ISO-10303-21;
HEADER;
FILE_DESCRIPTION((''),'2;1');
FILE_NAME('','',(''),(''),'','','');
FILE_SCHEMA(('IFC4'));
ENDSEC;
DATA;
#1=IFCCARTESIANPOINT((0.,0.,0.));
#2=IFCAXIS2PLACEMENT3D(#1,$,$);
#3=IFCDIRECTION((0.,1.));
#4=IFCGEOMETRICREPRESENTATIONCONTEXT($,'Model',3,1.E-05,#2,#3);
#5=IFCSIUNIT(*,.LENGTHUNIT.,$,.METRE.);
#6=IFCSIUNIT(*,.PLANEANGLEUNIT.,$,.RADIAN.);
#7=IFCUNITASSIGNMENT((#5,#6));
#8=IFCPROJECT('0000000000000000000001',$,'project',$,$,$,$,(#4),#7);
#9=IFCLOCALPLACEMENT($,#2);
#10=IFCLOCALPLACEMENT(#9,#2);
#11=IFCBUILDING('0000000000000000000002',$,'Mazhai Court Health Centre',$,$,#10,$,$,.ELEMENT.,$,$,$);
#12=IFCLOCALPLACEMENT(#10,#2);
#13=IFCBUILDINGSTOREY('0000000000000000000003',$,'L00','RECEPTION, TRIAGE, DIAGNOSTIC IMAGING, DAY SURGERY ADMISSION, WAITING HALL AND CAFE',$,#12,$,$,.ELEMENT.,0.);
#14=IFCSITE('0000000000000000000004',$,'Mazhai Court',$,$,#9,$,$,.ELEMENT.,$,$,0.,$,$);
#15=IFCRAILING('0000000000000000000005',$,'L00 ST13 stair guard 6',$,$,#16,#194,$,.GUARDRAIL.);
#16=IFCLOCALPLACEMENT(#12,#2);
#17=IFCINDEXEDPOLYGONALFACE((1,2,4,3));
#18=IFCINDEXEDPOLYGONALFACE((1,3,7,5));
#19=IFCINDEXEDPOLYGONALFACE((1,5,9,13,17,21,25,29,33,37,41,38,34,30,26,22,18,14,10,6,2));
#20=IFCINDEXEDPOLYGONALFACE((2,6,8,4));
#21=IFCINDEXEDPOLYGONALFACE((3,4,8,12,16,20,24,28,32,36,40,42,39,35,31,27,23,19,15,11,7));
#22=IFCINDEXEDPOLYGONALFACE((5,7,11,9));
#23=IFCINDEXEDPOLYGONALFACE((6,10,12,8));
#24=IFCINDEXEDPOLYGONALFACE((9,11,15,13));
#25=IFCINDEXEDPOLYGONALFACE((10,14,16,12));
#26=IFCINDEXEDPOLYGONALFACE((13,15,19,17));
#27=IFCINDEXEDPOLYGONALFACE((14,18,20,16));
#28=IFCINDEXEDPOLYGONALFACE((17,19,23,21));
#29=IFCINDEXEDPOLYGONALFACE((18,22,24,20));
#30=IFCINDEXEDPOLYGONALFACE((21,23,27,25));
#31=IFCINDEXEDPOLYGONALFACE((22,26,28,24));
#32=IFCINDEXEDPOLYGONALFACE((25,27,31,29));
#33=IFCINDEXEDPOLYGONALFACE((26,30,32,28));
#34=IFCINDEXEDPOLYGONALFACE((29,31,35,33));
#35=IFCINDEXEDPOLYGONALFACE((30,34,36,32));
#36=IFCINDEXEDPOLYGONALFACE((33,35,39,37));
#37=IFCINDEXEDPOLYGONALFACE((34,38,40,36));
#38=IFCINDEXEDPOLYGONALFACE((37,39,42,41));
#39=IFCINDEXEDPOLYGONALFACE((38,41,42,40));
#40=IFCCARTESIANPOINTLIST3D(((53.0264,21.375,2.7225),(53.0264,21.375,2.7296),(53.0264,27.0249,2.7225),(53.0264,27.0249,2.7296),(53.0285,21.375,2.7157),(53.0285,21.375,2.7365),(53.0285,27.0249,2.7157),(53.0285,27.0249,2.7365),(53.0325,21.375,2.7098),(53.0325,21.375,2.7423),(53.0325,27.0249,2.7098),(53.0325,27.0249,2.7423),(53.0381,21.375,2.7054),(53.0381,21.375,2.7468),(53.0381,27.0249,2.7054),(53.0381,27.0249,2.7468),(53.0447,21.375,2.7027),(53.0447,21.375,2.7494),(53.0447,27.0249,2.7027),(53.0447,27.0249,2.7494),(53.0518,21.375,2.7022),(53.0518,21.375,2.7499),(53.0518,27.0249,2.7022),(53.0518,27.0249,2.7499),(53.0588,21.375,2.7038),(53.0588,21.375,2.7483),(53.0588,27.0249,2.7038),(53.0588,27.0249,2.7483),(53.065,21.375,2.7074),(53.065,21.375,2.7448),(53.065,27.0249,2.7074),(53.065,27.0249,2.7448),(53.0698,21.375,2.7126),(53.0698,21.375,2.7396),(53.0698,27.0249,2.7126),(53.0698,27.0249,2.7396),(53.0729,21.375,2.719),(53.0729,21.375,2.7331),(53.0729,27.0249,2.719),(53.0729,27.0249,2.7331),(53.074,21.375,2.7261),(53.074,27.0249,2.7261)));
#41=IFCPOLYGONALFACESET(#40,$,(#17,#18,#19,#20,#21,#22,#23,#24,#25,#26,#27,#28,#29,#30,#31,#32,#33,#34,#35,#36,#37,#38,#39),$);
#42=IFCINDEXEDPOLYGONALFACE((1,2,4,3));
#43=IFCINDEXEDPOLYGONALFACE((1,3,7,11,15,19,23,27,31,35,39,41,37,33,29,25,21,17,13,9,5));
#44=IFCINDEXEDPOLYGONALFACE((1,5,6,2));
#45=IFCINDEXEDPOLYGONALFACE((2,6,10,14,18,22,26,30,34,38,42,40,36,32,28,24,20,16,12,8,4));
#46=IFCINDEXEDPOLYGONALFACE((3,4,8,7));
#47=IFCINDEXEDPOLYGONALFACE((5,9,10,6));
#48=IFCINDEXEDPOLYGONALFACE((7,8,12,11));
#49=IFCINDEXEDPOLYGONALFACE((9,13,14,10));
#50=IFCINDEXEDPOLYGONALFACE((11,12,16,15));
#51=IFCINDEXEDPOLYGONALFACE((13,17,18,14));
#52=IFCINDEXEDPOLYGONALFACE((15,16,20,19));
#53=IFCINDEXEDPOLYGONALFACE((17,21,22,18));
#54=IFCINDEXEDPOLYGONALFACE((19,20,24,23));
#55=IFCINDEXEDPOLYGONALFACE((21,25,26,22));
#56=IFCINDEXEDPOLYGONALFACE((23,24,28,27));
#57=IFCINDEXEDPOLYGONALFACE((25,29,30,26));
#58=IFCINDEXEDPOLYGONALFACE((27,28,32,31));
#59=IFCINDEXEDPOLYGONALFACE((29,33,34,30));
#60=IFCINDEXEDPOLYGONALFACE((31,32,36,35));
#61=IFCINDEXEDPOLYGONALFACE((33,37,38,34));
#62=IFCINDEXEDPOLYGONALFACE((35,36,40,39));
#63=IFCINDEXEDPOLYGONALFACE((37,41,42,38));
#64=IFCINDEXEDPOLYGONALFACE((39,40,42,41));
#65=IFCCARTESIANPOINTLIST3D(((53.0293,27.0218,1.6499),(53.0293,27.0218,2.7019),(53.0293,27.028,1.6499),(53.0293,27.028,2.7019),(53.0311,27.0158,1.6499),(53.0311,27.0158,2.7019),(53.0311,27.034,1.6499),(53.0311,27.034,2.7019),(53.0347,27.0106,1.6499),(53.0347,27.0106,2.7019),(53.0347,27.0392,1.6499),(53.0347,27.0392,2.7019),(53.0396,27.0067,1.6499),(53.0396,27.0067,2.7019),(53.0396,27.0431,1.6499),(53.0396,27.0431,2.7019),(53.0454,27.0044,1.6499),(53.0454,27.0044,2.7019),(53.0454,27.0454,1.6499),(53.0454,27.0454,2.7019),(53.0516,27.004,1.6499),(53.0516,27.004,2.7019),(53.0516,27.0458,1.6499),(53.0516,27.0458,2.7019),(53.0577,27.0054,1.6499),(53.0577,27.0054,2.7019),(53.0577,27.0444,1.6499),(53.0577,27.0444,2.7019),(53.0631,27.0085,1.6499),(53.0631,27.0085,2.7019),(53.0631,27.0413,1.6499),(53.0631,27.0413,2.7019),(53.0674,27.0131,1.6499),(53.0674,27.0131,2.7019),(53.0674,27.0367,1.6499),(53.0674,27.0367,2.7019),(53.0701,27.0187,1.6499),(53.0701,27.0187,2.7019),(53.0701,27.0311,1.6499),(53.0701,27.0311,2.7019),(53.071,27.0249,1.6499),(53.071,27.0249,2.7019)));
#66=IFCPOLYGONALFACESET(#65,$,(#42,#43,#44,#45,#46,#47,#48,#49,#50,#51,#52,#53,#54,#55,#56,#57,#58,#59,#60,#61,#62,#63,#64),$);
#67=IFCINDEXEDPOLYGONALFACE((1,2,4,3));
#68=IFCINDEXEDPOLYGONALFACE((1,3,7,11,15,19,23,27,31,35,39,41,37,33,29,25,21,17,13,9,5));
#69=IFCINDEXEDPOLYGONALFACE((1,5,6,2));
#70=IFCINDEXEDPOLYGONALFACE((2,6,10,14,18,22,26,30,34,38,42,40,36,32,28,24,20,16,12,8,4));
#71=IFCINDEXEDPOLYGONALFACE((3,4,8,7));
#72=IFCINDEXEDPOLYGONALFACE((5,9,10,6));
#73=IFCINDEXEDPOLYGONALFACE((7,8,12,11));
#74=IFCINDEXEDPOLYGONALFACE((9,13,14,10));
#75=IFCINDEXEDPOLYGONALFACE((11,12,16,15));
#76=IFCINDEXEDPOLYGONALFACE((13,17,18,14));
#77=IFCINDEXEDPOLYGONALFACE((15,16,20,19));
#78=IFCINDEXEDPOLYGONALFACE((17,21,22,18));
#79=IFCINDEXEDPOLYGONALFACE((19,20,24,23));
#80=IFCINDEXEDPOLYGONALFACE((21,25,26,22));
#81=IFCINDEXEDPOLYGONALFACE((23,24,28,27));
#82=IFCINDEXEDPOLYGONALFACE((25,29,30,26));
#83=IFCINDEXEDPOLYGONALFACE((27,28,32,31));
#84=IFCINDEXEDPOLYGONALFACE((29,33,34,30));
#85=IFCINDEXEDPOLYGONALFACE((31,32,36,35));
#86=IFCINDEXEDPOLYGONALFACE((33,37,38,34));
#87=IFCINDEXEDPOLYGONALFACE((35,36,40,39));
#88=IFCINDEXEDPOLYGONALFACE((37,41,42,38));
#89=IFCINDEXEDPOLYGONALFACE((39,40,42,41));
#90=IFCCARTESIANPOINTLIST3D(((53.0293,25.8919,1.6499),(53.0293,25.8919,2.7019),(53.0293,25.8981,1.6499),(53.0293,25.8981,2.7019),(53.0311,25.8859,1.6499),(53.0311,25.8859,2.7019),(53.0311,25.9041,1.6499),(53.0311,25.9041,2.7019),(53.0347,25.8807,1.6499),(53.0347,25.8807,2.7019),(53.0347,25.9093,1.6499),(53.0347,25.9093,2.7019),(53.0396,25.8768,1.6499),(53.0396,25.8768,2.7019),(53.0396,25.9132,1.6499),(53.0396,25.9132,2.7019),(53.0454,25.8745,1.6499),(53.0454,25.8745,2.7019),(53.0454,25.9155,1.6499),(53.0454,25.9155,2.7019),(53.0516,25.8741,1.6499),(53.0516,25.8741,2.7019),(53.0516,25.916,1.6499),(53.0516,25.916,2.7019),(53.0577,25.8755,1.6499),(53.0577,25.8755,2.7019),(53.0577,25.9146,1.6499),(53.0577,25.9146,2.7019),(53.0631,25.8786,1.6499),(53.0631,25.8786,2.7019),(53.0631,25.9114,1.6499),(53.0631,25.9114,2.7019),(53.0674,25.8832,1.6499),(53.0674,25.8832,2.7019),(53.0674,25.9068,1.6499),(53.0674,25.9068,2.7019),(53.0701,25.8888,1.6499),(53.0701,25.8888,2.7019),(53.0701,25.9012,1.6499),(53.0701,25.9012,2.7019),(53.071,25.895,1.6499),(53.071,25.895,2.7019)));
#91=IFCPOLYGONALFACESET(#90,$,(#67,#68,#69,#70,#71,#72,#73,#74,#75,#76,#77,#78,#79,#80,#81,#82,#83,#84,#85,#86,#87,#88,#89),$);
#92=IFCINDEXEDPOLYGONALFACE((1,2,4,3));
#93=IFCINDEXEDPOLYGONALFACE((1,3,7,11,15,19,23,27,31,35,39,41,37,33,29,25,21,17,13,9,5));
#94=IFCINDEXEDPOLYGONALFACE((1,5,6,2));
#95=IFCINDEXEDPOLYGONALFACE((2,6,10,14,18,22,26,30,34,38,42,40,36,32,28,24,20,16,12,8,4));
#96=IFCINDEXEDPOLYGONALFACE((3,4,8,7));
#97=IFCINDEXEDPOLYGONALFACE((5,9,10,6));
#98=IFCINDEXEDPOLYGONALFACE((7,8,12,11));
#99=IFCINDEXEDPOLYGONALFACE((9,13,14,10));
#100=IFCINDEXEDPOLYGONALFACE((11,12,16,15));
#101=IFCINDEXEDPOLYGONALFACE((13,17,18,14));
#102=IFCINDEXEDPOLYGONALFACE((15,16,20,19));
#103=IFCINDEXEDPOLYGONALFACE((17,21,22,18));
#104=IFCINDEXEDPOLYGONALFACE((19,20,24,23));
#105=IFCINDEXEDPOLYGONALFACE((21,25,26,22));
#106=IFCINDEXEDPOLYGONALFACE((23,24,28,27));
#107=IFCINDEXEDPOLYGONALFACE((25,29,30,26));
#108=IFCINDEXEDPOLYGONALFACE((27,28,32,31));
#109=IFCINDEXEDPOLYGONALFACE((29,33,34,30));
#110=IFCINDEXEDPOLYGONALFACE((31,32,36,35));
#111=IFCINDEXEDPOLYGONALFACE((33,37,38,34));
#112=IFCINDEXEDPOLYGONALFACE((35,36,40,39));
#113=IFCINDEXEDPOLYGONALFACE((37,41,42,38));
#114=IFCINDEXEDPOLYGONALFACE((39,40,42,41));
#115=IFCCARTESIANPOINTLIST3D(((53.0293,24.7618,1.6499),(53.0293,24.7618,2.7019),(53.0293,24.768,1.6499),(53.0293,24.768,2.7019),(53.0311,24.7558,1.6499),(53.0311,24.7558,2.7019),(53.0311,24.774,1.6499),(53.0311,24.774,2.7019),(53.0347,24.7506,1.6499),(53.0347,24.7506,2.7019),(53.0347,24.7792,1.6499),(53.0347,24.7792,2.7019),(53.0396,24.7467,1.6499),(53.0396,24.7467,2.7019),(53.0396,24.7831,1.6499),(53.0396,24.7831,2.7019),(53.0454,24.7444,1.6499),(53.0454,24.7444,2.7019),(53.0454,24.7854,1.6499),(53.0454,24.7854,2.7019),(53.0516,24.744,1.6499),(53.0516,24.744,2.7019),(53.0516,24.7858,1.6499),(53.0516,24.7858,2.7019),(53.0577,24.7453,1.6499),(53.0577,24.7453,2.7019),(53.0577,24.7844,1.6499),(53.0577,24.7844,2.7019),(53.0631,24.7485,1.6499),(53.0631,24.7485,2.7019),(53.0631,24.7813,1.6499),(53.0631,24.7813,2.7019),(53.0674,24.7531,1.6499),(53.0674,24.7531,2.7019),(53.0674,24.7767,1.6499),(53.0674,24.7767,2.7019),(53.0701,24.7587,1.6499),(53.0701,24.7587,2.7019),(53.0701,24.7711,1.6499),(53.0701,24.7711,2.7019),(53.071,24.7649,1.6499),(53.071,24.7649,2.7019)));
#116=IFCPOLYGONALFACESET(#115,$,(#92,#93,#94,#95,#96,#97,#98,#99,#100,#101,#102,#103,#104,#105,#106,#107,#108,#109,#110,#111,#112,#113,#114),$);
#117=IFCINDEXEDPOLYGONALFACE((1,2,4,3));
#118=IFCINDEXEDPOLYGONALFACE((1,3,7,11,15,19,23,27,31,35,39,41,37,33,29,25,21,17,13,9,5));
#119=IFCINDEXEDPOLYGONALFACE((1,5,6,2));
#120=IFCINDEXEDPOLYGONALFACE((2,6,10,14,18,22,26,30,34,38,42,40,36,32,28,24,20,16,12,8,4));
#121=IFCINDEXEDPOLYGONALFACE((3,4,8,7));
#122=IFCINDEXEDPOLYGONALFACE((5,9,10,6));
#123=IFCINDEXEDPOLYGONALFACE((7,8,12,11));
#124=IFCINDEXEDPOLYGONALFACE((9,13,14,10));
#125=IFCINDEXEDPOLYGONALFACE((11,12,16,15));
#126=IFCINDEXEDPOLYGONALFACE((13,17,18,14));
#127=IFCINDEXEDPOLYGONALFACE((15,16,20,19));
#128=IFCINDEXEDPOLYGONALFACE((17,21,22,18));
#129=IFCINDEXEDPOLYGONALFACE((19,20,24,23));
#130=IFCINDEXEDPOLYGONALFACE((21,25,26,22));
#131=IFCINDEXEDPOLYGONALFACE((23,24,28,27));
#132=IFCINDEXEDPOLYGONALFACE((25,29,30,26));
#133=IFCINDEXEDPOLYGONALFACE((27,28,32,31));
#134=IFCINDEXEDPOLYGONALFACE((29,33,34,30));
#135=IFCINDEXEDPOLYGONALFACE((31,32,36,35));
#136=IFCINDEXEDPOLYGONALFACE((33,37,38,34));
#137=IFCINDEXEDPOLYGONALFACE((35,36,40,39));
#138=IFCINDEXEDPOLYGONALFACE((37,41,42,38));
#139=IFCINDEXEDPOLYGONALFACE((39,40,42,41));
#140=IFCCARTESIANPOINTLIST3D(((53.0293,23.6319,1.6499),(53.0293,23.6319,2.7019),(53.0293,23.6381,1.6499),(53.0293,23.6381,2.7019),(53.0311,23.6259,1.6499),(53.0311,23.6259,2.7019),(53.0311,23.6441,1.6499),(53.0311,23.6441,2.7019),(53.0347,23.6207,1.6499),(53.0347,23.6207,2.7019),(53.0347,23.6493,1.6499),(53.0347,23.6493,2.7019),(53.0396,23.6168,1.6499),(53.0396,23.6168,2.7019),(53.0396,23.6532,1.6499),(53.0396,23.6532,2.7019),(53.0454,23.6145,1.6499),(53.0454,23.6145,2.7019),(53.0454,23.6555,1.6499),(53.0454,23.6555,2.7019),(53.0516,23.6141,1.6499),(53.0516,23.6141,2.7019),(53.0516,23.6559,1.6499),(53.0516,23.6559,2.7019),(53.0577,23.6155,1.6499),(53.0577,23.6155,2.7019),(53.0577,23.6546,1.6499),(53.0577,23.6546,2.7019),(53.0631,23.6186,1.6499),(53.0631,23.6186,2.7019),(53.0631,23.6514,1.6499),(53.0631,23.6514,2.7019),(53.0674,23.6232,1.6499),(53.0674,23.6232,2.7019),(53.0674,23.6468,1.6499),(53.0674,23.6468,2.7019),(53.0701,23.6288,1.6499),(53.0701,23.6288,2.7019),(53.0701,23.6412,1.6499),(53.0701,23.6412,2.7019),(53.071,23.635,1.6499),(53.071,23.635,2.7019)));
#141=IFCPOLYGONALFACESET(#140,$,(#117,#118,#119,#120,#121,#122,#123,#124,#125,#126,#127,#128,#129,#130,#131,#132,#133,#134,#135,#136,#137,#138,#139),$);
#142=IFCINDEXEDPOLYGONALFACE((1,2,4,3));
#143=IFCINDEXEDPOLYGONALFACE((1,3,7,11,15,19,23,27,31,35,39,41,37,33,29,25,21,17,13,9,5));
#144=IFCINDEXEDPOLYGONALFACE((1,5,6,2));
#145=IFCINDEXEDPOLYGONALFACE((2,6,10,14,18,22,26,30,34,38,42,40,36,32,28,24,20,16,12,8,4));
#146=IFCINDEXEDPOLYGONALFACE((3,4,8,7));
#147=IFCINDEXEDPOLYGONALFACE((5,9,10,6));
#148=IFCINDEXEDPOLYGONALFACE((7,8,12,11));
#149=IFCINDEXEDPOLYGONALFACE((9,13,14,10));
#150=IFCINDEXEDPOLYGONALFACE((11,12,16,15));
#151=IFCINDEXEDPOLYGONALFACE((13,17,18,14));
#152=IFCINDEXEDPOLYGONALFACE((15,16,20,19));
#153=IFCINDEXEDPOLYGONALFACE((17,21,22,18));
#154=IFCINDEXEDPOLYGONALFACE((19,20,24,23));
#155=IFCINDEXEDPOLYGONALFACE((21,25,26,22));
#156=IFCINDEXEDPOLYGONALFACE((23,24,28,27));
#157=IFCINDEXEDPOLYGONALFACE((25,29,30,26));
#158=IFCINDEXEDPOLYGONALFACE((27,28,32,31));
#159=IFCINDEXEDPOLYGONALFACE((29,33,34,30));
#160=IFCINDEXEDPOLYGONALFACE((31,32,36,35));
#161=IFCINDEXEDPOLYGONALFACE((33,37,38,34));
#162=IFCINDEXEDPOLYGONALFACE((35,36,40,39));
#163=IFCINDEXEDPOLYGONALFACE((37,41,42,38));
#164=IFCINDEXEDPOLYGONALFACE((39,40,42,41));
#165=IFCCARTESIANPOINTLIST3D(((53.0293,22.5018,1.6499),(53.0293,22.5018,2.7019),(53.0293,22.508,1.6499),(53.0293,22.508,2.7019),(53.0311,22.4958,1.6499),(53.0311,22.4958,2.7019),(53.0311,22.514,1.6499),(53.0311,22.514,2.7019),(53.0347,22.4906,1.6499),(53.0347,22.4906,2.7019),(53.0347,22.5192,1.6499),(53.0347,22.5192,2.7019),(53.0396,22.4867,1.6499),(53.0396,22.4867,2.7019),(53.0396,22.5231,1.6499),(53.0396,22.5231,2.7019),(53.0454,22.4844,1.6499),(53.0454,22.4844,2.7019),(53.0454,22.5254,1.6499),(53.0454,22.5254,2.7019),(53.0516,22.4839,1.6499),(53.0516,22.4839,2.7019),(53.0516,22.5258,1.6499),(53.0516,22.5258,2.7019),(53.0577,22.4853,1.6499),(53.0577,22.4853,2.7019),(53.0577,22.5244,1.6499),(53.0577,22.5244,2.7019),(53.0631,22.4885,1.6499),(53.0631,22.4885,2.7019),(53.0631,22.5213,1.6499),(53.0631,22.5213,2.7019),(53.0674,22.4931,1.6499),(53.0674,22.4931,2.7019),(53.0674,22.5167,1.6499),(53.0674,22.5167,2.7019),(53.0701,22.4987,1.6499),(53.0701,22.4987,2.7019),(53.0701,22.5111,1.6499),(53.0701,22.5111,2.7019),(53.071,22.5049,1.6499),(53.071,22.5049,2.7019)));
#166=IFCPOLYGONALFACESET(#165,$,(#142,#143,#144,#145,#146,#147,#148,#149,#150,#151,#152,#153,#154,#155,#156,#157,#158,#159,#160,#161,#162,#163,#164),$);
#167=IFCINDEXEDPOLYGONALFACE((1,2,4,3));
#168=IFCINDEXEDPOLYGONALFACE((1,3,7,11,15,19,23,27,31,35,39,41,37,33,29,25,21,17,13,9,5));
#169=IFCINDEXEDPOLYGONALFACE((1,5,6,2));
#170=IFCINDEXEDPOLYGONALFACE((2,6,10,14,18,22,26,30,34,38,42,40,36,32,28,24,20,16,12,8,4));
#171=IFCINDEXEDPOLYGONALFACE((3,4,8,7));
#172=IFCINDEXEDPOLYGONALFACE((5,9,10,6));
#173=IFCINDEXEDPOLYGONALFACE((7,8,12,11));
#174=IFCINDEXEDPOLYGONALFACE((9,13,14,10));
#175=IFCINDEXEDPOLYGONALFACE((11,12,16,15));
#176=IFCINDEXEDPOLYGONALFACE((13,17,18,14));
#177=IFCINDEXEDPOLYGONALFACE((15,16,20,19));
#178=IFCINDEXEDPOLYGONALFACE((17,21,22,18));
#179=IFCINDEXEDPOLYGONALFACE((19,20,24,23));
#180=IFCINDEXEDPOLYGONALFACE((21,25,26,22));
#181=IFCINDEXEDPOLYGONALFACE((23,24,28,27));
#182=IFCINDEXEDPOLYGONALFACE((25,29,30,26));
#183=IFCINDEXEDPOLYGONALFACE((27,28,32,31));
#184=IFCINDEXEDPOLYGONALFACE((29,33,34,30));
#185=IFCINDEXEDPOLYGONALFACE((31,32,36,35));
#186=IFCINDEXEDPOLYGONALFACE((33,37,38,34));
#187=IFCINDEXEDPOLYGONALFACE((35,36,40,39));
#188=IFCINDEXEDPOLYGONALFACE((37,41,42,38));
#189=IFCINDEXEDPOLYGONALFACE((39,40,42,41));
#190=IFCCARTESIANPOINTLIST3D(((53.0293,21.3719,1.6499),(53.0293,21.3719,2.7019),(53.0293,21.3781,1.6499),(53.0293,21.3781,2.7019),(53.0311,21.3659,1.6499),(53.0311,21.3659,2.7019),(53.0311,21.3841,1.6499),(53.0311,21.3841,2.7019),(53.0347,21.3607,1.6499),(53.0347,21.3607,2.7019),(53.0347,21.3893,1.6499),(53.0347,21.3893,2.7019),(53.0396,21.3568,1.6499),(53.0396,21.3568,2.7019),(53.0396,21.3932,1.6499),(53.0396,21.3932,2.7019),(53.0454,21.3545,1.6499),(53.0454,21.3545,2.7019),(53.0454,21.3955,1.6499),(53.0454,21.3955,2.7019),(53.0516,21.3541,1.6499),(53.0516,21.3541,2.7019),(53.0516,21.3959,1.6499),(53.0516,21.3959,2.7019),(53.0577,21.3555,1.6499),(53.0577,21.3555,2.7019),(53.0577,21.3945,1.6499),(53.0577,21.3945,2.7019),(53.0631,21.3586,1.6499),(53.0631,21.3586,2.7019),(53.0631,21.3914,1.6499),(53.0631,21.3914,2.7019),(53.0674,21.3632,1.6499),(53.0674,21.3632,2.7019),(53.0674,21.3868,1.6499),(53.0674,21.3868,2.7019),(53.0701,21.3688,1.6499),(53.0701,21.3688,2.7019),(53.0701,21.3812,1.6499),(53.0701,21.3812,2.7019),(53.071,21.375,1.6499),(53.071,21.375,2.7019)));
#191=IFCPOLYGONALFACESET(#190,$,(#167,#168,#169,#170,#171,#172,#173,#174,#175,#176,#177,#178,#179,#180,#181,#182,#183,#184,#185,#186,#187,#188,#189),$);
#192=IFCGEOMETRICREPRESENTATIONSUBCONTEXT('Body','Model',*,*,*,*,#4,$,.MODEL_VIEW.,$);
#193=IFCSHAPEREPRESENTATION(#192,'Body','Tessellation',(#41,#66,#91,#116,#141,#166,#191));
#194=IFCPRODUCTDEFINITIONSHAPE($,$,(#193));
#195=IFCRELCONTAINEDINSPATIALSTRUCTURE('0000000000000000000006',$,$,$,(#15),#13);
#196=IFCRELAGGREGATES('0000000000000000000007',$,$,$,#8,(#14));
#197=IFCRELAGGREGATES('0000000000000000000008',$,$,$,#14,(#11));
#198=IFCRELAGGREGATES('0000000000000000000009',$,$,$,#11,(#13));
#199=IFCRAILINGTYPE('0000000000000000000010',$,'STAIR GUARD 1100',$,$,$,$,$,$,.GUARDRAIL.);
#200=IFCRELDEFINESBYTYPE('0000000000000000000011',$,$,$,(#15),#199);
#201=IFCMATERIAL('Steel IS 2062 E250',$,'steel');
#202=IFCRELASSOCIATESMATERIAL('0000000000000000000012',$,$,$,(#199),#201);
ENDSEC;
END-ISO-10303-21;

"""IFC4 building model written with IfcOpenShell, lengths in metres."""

from ifc_helpers import new_model, si_unit, direction, frame, origin, origin_2d, place, context, subcontext, project, spatial, circle, extrude, material, type_object, element, save


model = new_model("IFC4")

# Units and contexts
model_context = context("Model", 3, precision=1e-05, world=origin(), true_north=direction((0.0, 1.0)))
body_context = subcontext(model_context, "Body", "Model", "MODEL_VIEW")
ifc_project = project(units=[si_unit("LENGTHUNIT", "METRE"), si_unit("PLANEANGLEUNIT", "RADIAN")], contexts=[model_context])

# Site, building, storey
site_placement = place(None, origin())
site = spatial("IfcSite", under=ifc_project, at=site_placement, Name="Mazhai Court", CompositionType="ELEMENT", RefElevation=0.0)
building_placement = place(site_placement, origin())
building = spatial("IfcBuilding", under=site, at=building_placement, Name="Mazhai Court Health Centre", CompositionType="ELEMENT")
storey_placement = place(building_placement, origin())
storey = spatial("IfcBuildingStorey", under=building, at=storey_placement, Name="L00", Description="RECEPTION, TRIAGE, DIAGNOSTIC IMAGING, DAY SURGERY ADMISSION, WAITING HALL AND CAFE", CompositionType="ELEMENT", Elevation=0.0)

# Railing
ifc_material_1 = material(Name="Steel IS 2062 E250", Category="steel")
railing_type_1 = type_object("IfcRailingType", Name="STAIR GUARD 1100", PredefinedType="GUARDRAIL", material=ifc_material_1)
railing_1_placement = place(storey_placement, frame((53.05, 27.0249, 1.6499)))
element("IfcRailing", 1, at=railing_1_placement, inside=storey, type_object=railing_type_1, Name="L00 ST13 stair guard 6", PredefinedType="GUARDRAIL", context=body_context, shape_type="SweptSolid", body=[
    extrude(circle(Radius=0.0239, at=origin_2d()), frame((0.0, 0.0, 1.0762), z_axis=(0.0, -1.0, 0.0), x_axis=(1.0, 0.0, 0.0)), (0.0, 0.0, 1.0), 5.6499),
    extrude(circle(Radius=0.021, at=origin_2d()), origin(), (0.0, 0.0, 1.0), 1.052),
    extrude(circle(Radius=0.021, at=origin_2d()), frame((0.0, -1.1299, 0.0)), (0.0, 0.0, 1.0), 1.052),
    extrude(circle(Radius=0.021, at=origin_2d()), frame((0.0, -2.26, 0.0)), (0.0, 0.0, 1.0), 1.052),
    extrude(circle(Radius=0.021, at=origin_2d()), frame((0.0, -3.3899, 0.0)), (0.0, 0.0, 1.0), 1.052),
    extrude(circle(Radius=0.021, at=origin_2d()), frame((0.0, -4.52, 0.0)), (0.0, 0.0, 1.0), 1.052),
    extrude(circle(Radius=0.021, at=origin_2d()), frame((0.0, -5.6499, 0.0)), (0.0, 0.0, 1.0), 1.052),
])

save(model, "model.ifc")
